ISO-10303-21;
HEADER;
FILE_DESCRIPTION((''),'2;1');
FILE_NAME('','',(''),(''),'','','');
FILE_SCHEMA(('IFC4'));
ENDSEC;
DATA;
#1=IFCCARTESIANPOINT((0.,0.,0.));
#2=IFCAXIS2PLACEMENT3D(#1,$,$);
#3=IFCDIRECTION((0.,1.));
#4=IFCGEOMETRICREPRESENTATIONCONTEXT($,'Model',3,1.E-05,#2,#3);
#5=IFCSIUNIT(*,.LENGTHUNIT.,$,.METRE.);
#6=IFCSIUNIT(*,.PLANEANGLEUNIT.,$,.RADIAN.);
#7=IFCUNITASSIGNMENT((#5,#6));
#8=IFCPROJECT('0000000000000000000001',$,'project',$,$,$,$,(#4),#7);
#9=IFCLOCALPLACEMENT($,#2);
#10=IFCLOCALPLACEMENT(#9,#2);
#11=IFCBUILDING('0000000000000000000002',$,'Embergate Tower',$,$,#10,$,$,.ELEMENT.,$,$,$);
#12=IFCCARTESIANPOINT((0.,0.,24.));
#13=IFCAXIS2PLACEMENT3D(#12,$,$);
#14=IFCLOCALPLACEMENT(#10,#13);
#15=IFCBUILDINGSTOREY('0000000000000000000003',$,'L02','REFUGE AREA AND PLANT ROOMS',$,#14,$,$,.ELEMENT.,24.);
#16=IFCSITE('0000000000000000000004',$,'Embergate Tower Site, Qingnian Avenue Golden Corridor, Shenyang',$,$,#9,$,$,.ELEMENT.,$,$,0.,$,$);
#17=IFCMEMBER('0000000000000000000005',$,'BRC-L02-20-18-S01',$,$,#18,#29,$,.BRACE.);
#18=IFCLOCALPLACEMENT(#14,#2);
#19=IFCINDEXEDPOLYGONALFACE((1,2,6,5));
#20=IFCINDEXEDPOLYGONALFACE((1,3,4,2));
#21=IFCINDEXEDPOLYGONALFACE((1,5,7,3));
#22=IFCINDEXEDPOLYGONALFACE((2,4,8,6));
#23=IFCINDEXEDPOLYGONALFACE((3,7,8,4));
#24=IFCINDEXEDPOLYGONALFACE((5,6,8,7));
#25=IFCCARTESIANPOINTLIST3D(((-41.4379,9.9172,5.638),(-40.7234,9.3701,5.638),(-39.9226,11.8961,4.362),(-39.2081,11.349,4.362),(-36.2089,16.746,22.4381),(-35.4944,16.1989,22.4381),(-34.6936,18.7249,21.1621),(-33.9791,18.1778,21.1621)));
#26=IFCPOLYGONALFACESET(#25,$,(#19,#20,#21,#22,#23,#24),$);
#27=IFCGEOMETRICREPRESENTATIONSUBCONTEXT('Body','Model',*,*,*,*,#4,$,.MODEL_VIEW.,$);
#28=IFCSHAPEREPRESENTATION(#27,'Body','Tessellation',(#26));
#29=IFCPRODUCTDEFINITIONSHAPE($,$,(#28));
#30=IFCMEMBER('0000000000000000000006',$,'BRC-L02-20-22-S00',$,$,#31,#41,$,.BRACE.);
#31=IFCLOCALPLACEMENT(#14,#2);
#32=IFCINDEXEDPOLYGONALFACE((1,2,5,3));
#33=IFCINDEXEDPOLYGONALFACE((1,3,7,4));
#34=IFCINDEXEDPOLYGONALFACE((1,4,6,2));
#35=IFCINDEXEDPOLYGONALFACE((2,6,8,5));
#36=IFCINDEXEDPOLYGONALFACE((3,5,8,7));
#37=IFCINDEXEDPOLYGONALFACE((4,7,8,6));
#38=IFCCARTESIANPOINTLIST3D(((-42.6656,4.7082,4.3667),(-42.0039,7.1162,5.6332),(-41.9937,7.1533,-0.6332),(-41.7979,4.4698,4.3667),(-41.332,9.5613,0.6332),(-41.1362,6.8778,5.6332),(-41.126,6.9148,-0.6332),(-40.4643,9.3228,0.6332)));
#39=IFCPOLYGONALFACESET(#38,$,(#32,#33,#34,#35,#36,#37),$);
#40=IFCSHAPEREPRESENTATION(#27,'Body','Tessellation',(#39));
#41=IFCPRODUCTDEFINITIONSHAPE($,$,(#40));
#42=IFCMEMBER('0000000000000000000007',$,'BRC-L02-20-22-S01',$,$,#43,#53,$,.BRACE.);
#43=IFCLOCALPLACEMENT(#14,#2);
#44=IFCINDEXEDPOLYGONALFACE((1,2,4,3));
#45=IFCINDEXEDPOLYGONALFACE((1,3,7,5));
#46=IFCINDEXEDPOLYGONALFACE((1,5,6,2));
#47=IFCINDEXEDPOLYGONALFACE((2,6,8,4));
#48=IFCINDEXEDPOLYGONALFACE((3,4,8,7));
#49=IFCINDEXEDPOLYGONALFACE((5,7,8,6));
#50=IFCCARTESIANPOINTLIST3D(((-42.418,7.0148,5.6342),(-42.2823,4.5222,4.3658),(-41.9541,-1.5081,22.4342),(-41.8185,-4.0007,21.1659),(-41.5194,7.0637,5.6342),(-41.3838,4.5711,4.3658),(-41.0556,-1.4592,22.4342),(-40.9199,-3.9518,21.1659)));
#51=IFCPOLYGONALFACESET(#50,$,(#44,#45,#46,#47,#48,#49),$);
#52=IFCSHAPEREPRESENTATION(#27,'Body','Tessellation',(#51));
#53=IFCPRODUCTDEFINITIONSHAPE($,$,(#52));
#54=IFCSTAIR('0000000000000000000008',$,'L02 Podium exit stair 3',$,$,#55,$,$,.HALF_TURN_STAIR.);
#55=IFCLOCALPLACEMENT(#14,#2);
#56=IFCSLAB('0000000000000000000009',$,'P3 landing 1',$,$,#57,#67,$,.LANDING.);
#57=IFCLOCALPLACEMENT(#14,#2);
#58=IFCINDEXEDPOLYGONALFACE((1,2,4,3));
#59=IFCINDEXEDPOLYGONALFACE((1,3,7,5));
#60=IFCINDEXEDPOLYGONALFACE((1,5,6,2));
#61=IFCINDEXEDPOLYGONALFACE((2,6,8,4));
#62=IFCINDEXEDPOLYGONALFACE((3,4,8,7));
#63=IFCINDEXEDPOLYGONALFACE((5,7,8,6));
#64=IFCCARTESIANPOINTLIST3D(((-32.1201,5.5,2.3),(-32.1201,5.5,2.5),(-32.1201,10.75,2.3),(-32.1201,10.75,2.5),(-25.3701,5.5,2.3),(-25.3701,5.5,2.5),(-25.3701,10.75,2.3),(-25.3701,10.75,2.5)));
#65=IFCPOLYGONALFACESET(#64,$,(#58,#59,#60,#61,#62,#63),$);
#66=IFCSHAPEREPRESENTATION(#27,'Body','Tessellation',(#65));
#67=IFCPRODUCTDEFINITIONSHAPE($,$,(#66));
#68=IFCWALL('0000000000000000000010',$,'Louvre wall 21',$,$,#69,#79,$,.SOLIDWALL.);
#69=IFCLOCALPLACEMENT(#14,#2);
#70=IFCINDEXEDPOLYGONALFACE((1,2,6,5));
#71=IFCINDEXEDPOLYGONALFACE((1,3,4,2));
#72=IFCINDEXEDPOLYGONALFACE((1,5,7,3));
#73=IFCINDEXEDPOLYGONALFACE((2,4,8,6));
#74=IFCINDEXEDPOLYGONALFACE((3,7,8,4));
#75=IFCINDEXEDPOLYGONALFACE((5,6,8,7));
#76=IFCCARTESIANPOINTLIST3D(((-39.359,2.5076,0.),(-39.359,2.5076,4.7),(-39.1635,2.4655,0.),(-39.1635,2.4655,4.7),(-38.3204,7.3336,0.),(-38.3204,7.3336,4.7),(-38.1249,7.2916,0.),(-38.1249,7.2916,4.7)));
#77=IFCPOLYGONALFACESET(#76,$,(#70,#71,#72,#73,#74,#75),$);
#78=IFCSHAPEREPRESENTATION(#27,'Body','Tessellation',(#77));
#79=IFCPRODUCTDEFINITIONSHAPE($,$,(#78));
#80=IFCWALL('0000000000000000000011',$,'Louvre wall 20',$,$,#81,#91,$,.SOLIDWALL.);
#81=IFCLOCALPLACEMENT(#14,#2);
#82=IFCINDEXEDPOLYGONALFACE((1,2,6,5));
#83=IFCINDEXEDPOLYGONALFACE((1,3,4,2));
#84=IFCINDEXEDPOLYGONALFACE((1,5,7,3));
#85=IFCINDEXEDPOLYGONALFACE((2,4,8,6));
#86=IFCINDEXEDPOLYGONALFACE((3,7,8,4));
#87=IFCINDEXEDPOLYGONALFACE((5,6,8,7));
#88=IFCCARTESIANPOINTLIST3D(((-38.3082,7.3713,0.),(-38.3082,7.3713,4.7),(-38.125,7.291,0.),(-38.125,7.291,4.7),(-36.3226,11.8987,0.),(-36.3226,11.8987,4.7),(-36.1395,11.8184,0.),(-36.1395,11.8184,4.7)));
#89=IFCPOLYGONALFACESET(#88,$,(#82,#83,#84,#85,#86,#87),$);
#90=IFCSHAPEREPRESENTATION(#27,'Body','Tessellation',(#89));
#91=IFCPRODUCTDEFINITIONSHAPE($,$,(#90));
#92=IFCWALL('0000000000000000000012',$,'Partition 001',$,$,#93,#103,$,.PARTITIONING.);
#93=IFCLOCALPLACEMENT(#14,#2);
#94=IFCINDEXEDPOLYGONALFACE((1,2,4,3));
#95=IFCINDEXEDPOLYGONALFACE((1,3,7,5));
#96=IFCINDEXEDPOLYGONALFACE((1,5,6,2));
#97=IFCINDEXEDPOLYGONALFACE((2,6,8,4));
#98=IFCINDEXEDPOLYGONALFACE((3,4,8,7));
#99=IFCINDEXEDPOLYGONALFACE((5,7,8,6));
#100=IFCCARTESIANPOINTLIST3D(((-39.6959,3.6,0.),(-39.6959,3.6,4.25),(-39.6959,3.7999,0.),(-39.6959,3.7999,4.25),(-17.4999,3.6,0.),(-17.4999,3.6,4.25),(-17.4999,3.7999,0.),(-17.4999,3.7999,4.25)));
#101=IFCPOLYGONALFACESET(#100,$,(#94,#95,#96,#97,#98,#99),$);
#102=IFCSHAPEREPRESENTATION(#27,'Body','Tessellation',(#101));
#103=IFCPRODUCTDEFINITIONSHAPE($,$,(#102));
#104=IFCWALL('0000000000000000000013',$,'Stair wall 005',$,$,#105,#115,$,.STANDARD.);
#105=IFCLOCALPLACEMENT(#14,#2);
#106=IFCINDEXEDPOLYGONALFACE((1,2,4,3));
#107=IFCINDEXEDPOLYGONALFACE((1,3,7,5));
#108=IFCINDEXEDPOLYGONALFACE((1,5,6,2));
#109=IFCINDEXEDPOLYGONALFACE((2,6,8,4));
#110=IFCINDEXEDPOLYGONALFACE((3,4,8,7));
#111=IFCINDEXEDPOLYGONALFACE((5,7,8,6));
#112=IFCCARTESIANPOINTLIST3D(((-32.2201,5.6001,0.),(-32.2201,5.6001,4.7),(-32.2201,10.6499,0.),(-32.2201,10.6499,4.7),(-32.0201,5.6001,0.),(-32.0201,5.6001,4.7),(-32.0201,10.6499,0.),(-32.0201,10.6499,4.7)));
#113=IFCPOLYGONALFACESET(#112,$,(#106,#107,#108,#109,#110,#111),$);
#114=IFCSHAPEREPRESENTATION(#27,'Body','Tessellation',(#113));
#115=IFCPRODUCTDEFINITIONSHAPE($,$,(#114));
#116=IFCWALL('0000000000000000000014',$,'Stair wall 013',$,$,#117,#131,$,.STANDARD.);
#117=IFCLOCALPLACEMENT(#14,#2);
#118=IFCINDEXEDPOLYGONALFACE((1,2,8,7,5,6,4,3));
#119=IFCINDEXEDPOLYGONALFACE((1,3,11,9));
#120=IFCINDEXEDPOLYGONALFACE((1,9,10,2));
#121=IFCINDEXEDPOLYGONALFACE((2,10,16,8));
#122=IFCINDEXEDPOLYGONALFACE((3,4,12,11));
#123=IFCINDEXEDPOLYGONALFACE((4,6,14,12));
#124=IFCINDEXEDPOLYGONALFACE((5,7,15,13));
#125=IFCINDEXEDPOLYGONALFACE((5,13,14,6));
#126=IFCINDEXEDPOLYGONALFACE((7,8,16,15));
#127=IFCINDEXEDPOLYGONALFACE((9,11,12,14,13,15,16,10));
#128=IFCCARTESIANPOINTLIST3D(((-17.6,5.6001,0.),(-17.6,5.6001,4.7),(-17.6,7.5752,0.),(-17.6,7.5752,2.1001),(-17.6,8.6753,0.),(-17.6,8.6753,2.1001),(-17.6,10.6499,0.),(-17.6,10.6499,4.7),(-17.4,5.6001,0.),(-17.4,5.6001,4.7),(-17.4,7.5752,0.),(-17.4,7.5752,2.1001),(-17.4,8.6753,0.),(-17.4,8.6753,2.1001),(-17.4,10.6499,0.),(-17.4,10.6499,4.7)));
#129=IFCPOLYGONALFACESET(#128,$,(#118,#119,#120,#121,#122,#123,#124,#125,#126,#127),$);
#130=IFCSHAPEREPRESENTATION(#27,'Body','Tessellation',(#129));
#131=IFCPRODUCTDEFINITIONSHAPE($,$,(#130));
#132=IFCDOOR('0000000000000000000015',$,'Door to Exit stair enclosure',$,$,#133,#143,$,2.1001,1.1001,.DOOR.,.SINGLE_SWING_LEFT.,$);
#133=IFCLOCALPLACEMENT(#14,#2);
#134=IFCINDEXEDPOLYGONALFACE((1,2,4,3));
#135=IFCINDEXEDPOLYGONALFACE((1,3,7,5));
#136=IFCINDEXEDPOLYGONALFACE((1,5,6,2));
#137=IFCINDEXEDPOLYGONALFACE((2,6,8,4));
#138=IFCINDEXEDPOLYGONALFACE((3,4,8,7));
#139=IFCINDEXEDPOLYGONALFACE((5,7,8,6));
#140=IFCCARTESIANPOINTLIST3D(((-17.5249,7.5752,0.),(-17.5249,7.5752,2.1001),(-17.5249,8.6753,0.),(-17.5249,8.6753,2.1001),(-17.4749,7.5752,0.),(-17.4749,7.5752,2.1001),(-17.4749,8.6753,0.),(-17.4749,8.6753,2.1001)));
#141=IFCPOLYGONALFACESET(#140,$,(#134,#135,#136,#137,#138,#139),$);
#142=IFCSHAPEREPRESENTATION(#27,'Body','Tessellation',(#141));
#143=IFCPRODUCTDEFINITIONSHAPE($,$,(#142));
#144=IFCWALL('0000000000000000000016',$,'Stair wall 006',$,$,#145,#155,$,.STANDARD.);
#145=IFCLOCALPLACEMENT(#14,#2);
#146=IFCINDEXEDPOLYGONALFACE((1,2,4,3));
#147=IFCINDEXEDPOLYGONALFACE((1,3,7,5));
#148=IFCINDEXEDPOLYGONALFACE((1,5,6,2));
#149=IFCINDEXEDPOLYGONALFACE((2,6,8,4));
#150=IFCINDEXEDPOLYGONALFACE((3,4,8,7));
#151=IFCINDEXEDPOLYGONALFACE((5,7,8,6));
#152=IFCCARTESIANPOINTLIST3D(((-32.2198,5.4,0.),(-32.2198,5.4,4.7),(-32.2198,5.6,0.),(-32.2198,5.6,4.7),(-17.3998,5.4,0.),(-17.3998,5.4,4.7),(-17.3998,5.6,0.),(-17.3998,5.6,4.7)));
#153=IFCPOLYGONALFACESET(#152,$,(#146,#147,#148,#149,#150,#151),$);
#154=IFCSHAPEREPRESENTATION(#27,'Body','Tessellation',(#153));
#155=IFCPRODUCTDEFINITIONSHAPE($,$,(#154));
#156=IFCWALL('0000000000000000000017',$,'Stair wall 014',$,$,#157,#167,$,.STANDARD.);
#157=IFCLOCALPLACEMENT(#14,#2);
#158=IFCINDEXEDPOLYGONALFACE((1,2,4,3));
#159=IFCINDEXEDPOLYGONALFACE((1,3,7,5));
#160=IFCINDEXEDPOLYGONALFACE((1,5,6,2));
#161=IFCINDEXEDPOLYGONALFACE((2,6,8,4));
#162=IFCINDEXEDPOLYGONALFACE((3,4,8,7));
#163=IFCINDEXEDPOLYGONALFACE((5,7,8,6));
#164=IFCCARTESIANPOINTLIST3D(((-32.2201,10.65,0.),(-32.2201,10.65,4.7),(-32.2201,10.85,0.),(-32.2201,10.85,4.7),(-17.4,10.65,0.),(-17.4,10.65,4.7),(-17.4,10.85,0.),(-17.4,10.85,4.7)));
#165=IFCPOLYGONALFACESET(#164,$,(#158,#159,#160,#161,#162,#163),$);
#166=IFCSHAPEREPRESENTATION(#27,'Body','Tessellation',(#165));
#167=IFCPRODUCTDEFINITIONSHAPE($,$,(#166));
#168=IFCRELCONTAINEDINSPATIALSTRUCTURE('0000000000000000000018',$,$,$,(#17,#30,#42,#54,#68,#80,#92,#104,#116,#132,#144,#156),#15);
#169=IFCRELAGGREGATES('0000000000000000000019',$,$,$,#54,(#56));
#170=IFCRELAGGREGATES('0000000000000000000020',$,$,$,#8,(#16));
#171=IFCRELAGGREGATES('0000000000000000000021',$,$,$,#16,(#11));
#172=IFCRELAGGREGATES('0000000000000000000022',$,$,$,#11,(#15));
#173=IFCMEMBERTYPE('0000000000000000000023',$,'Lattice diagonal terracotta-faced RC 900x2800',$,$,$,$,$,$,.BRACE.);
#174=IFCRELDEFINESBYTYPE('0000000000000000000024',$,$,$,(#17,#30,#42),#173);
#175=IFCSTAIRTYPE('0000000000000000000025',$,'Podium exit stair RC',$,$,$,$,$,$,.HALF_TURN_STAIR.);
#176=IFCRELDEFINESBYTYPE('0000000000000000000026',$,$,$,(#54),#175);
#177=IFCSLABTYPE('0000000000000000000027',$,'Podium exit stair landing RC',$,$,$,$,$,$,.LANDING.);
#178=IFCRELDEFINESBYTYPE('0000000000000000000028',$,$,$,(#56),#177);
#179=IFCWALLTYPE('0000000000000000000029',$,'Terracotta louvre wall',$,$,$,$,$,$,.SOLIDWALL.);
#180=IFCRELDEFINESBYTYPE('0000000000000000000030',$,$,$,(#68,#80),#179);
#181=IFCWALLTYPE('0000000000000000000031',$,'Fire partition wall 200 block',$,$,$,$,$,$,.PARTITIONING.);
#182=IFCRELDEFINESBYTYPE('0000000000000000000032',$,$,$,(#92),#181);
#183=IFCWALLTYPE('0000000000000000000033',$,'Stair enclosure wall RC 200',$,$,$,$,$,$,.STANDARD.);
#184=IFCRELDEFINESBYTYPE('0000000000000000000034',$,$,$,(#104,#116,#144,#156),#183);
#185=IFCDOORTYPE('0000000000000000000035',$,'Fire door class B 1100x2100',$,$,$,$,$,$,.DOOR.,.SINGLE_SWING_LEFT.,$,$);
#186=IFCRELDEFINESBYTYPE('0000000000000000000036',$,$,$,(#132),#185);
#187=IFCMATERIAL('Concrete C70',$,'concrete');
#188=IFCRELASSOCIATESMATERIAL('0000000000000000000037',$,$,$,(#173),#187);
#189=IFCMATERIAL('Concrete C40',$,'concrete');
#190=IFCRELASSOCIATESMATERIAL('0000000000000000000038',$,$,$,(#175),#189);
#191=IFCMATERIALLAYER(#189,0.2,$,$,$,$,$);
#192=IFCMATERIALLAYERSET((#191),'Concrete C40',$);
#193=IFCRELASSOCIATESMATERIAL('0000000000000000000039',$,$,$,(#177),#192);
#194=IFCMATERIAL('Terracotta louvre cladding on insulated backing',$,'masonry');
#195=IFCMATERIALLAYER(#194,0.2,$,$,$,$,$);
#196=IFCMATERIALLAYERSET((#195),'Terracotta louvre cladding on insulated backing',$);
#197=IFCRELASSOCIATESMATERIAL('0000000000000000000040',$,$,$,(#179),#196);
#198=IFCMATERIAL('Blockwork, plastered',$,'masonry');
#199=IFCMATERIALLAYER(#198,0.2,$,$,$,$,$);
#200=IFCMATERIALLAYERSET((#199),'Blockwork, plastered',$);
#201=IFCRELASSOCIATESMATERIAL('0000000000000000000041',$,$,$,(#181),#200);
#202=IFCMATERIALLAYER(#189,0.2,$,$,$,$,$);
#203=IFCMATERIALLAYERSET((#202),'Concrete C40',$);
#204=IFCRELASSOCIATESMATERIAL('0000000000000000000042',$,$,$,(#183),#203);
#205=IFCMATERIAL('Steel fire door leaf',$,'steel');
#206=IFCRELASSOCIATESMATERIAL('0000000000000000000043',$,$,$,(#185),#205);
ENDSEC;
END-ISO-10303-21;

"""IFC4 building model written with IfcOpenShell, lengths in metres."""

from ifc_helpers import new_model, si_unit, direction, frame, frame_2d, origin, origin_2d, place, context, subcontext, project, spatial, polyline, rectangle, outline, extrude, source, transform, mapped, material, layer, layer_set, material_profile, profile_set, type_object, element, fill, aggregate, save


model = new_model("IFC4")

# Units and contexts
model_context = context("Model", 3, precision=1e-05, world=origin(), true_north=direction((0.0, 1.0)))
body_context = subcontext(model_context, "Body", "Model", "MODEL_VIEW")
ifc_project = project(units=[si_unit("LENGTHUNIT", "METRE"), si_unit("PLANEANGLEUNIT", "RADIAN")], contexts=[model_context])

# Site, building, storey
site_placement = place(None, origin())
site = spatial("IfcSite", under=ifc_project, at=site_placement, Name="Embergate Tower Site, Qingnian Avenue Golden Corridor, Shenyang", CompositionType="ELEMENT", RefElevation=0.0)
building_placement = place(site_placement, origin())
building = spatial("IfcBuilding", under=site, at=building_placement, Name="Embergate Tower", CompositionType="ELEMENT")
storey_placement = place(building_placement, frame((0.0, 0.0, 24.0)))
storey = spatial("IfcBuildingStorey", under=building, at=storey_placement, Name="L02", Description="REFUGE AREA AND PLANT ROOMS", CompositionType="ELEMENT", Elevation=24.0)

# Shared definitions
ifc_material_1 = material(Name="Concrete C70", Category="concrete")

# Members
ifc_material_profile_1 = material_profile(ifc_material_1, rectangle(XDim=0.8999, YDim=2.8, at=origin_2d()), Name="RC 900x2800")
ifc_profile_set_1 = profile_set([ifc_material_profile_1], Name="Concrete C70")
member_type_1 = type_object("IfcMemberType", Name="Lattice diagonal terracotta-faced RC 900x2800", PredefinedType="BRACE", material=ifc_profile_set_1)
shared_shape_1 = source(origin(), body_context, "Body", "SweptSolid", [
    extrude(rectangle(XDim=0.8999, YDim=2.8, at=origin_2d()), origin(), (0.0, 0.0, 1.0), 18.8738),
])
member_1_placement = place(storey_placement, frame((-40.323, 10.6331, 5.0), z_axis=(0.277052, 0.361818, 0.890129), x_axis=(-0.793969, 0.607959, 0.0)))
element("IfcMember", 1, at=member_1_placement, inside=storey, type_object=member_type_1, Name="BRC-L02-20-18-S01", PredefinedType="BRACE", context=body_context, shape_type="MappedRepresentation", body=[
    mapped(shared_shape_1, transform((0.0, 0.0, 0.0))),
])
shared_shape_2 = source(origin(), body_context, "Body", "SweptSolid", [
    extrude(rectangle(XDim=0.8999, YDim=2.8, at=origin_2d()), origin(), (0.0, 0.0, 1.0), 5.6062),
])
member_2_placement = place(storey_placement, frame((-41.229, 8.238, 0.0), z_axis=(-0.119844, -0.436134, 0.891866), x_axis=(0.964258, -0.264966, 0.0)))
element("IfcMember", 2, at=member_2_placement, inside=storey, type_object=member_type_1, Name="BRC-L02-20-22-S00", PredefinedType="BRACE", context=body_context, shape_type="MappedRepresentation", body=[
    mapped(shared_shape_2, transform((0.0, 0.0, 0.0))),
])
shared_shape_3 = source(origin(), body_context, "Body", "SweptSolid", [
    extrude(rectangle(XDim=0.8999, YDim=2.8, at=origin_2d()), origin(), (0.0, 0.0, 1.0), 18.844),
])
member_3_placement = place(storey_placement, frame((-41.9009, 5.793, 5.0), z_axis=(0.024616, -0.452289, 0.891532), x_axis=(0.998522, 0.054345, 0.0)))
element("IfcMember", 3, at=member_3_placement, inside=storey, type_object=member_type_1, Name="BRC-L02-20-22-S01", PredefinedType="BRACE", context=body_context, shape_type="MappedRepresentation", body=[
    mapped(shared_shape_3, transform((0.0, 0.0, 0.0))),
])

# Stair, slab
ifc_material_2 = material(Name="Concrete C40", Category="concrete")
stair_type = type_object("IfcStairType", Name="Podium exit stair RC", PredefinedType="HALF_TURN_STAIR", material=ifc_material_2)
stair_placement = place(storey_placement, origin())
stair = element("IfcStair", 4, at=stair_placement, inside=storey, type_object=stair_type, Name="L02 Podium exit stair 3", PredefinedType="HALF_TURN_STAIR")
ifc_layer_1 = layer(ifc_material_2, 0.2)
ifc_layer_set_1 = layer_set([ifc_layer_1], Name="Concrete C40")
slab_type = type_object("IfcSlabType", Name="Podium exit stair landing RC", PredefinedType="LANDING", material=ifc_layer_set_1)
shared_shape_4 = source(origin(), body_context, "Body", "SweptSolid", [
    extrude(outline(polyline([(0.0, 0.0), (6.75, 0.0), (6.75, 5.25), (0.0, 5.25), (0.0, 0.0)])), origin(), (0.0, 0.0, 1.0), 0.2),
])
slab_placement = place(storey_placement, frame((-32.1201, 5.5, 2.3)))
slab = element("IfcSlab", 5, at=slab_placement, type_object=slab_type, Name="P3 landing 1", PredefinedType="LANDING", context=body_context, shape_type="MappedRepresentation", body=[
    mapped(shared_shape_4, transform((0.0, 0.0, 0.0))),
])

# Walls
ifc_material_3 = material(Name="Terracotta louvre cladding on insulated backing", Category="masonry")
ifc_layer_2 = layer(ifc_material_3, 0.2)
ifc_layer_set_2 = layer_set([ifc_layer_2], Name="Terracotta louvre cladding on insulated backing")
wall_type_1 = type_object("IfcWallType", Name="Terracotta louvre wall", PredefinedType="SOLIDWALL", material=ifc_layer_set_2)
shared_shape_5 = source(origin(), body_context, "Body", "SweptSolid", [
    extrude(rectangle(XDim=4.9365, YDim=0.2, at=frame_2d((2.4683, 0.0))), origin(), (0.0, 0.0, 1.0), 4.7),
])
wall_1_placement = place(storey_placement, frame((-39.2612, 2.4866, 0.0), z_axis=(0.0, 0.0, 1.0), x_axis=(0.21039, 0.977617, 0.0)))
element("IfcWall", 6, at=wall_1_placement, inside=storey, type_object=wall_type_1, Name="Louvre wall 21", PredefinedType="SOLIDWALL", context=body_context, shape_type="MappedRepresentation", body=[
    mapped(shared_shape_5, transform((0.0, 0.0, 0.0))),
])
shared_shape_6 = source(origin(), body_context, "Body", "SweptSolid", [
    extrude(rectangle(XDim=4.9436, YDim=0.2, at=frame_2d((2.4717, 0.0))), origin(), (0.0, 0.0, 1.0), 4.7),
])
wall_2_placement = place(storey_placement, frame((-38.2166, 7.3313, 0.0), z_axis=(0.0, 0.0, 1.0), x_axis=(0.401648, 0.915794, 0.0)))
element("IfcWall", 7, at=wall_2_placement, inside=storey, type_object=wall_type_1, Name="Louvre wall 20", PredefinedType="SOLIDWALL", context=body_context, shape_type="MappedRepresentation", body=[
    mapped(shared_shape_6, transform((0.0, 0.0, 0.0))),
])
ifc_material_4 = material(Name="Blockwork, plastered", Category="masonry")
ifc_layer_3 = layer(ifc_material_4, 0.2)
ifc_layer_set_3 = layer_set([ifc_layer_3], Name="Blockwork, plastered")
wall_type_2 = type_object("IfcWallType", Name="Fire partition wall 200 block", PredefinedType="PARTITIONING", material=ifc_layer_set_3)
shared_shape_7 = source(origin(), body_context, "Body", "SweptSolid", [
    extrude(rectangle(XDim=22.196, YDim=0.2, at=frame_2d((11.0981, 0.0))), origin(), (0.0, 0.0, 1.0), 4.25),
])
wall_3_placement = place(storey_placement, frame((-39.696, 3.7, 0.0), z_axis=(0.0, 0.0, 1.0), x_axis=(1.0, 0.0, 0.0)))
element("IfcWall", 8, at=wall_3_placement, inside=storey, type_object=wall_type_2, Name="Partition 001", PredefinedType="PARTITIONING", context=body_context, shape_type="MappedRepresentation", body=[
    mapped(shared_shape_7, transform((0.0, 0.0, 0.0))),
])
ifc_layer_4 = layer(ifc_material_2, 0.2)
ifc_layer_set_4 = layer_set([ifc_layer_4], Name="Concrete C40")
wall_type_3 = type_object("IfcWallType", Name="Stair enclosure wall RC 200", PredefinedType="STANDARD", material=ifc_layer_set_4)
shared_shape_8 = source(origin(), body_context, "Body", "SweptSolid", [
    extrude(rectangle(XDim=5.0498, YDim=0.2, at=frame_2d((2.5249, 0.0))), origin(), (0.0, 0.0, 1.0), 4.7),
])
wall_4_placement = place(storey_placement, frame((-32.1201, 5.6001, 0.0), z_axis=(0.0, 0.0, 1.0), x_axis=(0.0, 1.0, 0.0)))
element("IfcWall", 9, at=wall_4_placement, inside=storey, type_object=wall_type_3, Name="Stair wall 005", PredefinedType="STANDARD", context=body_context, shape_type="MappedRepresentation", body=[
    mapped(shared_shape_8, transform((0.0, 0.0, 0.0))),
])

# Wall, opening, door
wall_5_placement = place(storey_placement, frame((-17.5, 5.6001, 0.0), z_axis=(0.0, 0.0, 1.0), x_axis=(0.0, 1.0, 0.0)))
wall_5 = element("IfcWall", 10, at=wall_5_placement, inside=storey, type_object=wall_type_3, Name="Stair wall 013", PredefinedType="STANDARD", context=body_context, shape_type="MappedRepresentation", body=[
    mapped(shared_shape_8, transform((0.0, 0.0, 0.0))),
])
shared_shape_9 = source(origin(), body_context, "Body", "SweptSolid", [
    extrude(rectangle(XDim=1.1001, YDim=2.1001, at=frame_2d((0.55, 1.05))), frame((0.0, 0.1099, 0.0), z_axis=(0.0, -1.0, 0.0), x_axis=(1.0, 0.0, 0.0)), (0.0, 0.0, 1.0), 0.22),
])
opening_placement = place(wall_5_placement, frame((1.9751, 0.0, 0.0)))
opening = element("IfcOpeningElement", 11, at=opening_placement, cuts=wall_5, PredefinedType="OPENING", context=body_context, shape_type="MappedRepresentation", body=[
    mapped(shared_shape_9, transform((0.0, 0.0, 0.0))),
])
ifc_material_5 = material(Name="Steel fire door leaf", Category="steel")
door_type = type_object("IfcDoorType", Name="Fire door class B 1100x2100", OperationType="SINGLE_SWING_LEFT", PredefinedType="DOOR", material=ifc_material_5)
shared_shape_10 = source(origin(), body_context, "Body", "SweptSolid", [
    extrude(rectangle(XDim=1.1001, YDim=2.1001, at=frame_2d((0.55, 1.05))), frame((0.0, 0.0249, 0.0), z_axis=(0.0, -1.0, 0.0), x_axis=(1.0, 0.0, 0.0)), (0.0, 0.0, 1.0), 0.05),
])
door_placement = place(opening_placement, origin())
door = element("IfcDoor", 12, at=door_placement, inside=storey, type_object=door_type, Name="Door to Exit stair enclosure", OperationType="SINGLE_SWING_LEFT", OverallHeight=2.1001, OverallWidth=1.1001, PredefinedType="DOOR", context=body_context, shape_type="MappedRepresentation", body=[
    mapped(shared_shape_10, transform((0.0, 0.0, 0.0))),
])
fill(opening, door)

# Walls
shared_shape_11 = source(origin(), body_context, "Body", "SweptSolid", [
    extrude(rectangle(XDim=14.8201, YDim=0.2, at=frame_2d((7.4102, 0.0))), origin(), (0.0, 0.0, 1.0), 4.7),
])
for number, where, z_axis, x_axis, name in (
    (13, (-32.22, 5.5, 0.0), (0.0, 0.0, 1.0), (1.0, 0.0, 0.0), "Stair wall 006"),
    (14, (-17.3999, 10.75, 0.0), (0.0, 0.0, 1.0), (-1.0, 0.0, 0.0), "Stair wall 014"),
):
    element("IfcWall", number, at=place(storey_placement, frame(where, z_axis=z_axis, x_axis=x_axis)), inside=storey, type_object=wall_type_3, Name=name, PredefinedType="STANDARD", context=body_context, shape_type="MappedRepresentation", body=[
        mapped(shared_shape_11, transform((0.0, 0.0, 0.0))),
    ])

aggregate(stair, [slab])

save(model, "model.ifc")
